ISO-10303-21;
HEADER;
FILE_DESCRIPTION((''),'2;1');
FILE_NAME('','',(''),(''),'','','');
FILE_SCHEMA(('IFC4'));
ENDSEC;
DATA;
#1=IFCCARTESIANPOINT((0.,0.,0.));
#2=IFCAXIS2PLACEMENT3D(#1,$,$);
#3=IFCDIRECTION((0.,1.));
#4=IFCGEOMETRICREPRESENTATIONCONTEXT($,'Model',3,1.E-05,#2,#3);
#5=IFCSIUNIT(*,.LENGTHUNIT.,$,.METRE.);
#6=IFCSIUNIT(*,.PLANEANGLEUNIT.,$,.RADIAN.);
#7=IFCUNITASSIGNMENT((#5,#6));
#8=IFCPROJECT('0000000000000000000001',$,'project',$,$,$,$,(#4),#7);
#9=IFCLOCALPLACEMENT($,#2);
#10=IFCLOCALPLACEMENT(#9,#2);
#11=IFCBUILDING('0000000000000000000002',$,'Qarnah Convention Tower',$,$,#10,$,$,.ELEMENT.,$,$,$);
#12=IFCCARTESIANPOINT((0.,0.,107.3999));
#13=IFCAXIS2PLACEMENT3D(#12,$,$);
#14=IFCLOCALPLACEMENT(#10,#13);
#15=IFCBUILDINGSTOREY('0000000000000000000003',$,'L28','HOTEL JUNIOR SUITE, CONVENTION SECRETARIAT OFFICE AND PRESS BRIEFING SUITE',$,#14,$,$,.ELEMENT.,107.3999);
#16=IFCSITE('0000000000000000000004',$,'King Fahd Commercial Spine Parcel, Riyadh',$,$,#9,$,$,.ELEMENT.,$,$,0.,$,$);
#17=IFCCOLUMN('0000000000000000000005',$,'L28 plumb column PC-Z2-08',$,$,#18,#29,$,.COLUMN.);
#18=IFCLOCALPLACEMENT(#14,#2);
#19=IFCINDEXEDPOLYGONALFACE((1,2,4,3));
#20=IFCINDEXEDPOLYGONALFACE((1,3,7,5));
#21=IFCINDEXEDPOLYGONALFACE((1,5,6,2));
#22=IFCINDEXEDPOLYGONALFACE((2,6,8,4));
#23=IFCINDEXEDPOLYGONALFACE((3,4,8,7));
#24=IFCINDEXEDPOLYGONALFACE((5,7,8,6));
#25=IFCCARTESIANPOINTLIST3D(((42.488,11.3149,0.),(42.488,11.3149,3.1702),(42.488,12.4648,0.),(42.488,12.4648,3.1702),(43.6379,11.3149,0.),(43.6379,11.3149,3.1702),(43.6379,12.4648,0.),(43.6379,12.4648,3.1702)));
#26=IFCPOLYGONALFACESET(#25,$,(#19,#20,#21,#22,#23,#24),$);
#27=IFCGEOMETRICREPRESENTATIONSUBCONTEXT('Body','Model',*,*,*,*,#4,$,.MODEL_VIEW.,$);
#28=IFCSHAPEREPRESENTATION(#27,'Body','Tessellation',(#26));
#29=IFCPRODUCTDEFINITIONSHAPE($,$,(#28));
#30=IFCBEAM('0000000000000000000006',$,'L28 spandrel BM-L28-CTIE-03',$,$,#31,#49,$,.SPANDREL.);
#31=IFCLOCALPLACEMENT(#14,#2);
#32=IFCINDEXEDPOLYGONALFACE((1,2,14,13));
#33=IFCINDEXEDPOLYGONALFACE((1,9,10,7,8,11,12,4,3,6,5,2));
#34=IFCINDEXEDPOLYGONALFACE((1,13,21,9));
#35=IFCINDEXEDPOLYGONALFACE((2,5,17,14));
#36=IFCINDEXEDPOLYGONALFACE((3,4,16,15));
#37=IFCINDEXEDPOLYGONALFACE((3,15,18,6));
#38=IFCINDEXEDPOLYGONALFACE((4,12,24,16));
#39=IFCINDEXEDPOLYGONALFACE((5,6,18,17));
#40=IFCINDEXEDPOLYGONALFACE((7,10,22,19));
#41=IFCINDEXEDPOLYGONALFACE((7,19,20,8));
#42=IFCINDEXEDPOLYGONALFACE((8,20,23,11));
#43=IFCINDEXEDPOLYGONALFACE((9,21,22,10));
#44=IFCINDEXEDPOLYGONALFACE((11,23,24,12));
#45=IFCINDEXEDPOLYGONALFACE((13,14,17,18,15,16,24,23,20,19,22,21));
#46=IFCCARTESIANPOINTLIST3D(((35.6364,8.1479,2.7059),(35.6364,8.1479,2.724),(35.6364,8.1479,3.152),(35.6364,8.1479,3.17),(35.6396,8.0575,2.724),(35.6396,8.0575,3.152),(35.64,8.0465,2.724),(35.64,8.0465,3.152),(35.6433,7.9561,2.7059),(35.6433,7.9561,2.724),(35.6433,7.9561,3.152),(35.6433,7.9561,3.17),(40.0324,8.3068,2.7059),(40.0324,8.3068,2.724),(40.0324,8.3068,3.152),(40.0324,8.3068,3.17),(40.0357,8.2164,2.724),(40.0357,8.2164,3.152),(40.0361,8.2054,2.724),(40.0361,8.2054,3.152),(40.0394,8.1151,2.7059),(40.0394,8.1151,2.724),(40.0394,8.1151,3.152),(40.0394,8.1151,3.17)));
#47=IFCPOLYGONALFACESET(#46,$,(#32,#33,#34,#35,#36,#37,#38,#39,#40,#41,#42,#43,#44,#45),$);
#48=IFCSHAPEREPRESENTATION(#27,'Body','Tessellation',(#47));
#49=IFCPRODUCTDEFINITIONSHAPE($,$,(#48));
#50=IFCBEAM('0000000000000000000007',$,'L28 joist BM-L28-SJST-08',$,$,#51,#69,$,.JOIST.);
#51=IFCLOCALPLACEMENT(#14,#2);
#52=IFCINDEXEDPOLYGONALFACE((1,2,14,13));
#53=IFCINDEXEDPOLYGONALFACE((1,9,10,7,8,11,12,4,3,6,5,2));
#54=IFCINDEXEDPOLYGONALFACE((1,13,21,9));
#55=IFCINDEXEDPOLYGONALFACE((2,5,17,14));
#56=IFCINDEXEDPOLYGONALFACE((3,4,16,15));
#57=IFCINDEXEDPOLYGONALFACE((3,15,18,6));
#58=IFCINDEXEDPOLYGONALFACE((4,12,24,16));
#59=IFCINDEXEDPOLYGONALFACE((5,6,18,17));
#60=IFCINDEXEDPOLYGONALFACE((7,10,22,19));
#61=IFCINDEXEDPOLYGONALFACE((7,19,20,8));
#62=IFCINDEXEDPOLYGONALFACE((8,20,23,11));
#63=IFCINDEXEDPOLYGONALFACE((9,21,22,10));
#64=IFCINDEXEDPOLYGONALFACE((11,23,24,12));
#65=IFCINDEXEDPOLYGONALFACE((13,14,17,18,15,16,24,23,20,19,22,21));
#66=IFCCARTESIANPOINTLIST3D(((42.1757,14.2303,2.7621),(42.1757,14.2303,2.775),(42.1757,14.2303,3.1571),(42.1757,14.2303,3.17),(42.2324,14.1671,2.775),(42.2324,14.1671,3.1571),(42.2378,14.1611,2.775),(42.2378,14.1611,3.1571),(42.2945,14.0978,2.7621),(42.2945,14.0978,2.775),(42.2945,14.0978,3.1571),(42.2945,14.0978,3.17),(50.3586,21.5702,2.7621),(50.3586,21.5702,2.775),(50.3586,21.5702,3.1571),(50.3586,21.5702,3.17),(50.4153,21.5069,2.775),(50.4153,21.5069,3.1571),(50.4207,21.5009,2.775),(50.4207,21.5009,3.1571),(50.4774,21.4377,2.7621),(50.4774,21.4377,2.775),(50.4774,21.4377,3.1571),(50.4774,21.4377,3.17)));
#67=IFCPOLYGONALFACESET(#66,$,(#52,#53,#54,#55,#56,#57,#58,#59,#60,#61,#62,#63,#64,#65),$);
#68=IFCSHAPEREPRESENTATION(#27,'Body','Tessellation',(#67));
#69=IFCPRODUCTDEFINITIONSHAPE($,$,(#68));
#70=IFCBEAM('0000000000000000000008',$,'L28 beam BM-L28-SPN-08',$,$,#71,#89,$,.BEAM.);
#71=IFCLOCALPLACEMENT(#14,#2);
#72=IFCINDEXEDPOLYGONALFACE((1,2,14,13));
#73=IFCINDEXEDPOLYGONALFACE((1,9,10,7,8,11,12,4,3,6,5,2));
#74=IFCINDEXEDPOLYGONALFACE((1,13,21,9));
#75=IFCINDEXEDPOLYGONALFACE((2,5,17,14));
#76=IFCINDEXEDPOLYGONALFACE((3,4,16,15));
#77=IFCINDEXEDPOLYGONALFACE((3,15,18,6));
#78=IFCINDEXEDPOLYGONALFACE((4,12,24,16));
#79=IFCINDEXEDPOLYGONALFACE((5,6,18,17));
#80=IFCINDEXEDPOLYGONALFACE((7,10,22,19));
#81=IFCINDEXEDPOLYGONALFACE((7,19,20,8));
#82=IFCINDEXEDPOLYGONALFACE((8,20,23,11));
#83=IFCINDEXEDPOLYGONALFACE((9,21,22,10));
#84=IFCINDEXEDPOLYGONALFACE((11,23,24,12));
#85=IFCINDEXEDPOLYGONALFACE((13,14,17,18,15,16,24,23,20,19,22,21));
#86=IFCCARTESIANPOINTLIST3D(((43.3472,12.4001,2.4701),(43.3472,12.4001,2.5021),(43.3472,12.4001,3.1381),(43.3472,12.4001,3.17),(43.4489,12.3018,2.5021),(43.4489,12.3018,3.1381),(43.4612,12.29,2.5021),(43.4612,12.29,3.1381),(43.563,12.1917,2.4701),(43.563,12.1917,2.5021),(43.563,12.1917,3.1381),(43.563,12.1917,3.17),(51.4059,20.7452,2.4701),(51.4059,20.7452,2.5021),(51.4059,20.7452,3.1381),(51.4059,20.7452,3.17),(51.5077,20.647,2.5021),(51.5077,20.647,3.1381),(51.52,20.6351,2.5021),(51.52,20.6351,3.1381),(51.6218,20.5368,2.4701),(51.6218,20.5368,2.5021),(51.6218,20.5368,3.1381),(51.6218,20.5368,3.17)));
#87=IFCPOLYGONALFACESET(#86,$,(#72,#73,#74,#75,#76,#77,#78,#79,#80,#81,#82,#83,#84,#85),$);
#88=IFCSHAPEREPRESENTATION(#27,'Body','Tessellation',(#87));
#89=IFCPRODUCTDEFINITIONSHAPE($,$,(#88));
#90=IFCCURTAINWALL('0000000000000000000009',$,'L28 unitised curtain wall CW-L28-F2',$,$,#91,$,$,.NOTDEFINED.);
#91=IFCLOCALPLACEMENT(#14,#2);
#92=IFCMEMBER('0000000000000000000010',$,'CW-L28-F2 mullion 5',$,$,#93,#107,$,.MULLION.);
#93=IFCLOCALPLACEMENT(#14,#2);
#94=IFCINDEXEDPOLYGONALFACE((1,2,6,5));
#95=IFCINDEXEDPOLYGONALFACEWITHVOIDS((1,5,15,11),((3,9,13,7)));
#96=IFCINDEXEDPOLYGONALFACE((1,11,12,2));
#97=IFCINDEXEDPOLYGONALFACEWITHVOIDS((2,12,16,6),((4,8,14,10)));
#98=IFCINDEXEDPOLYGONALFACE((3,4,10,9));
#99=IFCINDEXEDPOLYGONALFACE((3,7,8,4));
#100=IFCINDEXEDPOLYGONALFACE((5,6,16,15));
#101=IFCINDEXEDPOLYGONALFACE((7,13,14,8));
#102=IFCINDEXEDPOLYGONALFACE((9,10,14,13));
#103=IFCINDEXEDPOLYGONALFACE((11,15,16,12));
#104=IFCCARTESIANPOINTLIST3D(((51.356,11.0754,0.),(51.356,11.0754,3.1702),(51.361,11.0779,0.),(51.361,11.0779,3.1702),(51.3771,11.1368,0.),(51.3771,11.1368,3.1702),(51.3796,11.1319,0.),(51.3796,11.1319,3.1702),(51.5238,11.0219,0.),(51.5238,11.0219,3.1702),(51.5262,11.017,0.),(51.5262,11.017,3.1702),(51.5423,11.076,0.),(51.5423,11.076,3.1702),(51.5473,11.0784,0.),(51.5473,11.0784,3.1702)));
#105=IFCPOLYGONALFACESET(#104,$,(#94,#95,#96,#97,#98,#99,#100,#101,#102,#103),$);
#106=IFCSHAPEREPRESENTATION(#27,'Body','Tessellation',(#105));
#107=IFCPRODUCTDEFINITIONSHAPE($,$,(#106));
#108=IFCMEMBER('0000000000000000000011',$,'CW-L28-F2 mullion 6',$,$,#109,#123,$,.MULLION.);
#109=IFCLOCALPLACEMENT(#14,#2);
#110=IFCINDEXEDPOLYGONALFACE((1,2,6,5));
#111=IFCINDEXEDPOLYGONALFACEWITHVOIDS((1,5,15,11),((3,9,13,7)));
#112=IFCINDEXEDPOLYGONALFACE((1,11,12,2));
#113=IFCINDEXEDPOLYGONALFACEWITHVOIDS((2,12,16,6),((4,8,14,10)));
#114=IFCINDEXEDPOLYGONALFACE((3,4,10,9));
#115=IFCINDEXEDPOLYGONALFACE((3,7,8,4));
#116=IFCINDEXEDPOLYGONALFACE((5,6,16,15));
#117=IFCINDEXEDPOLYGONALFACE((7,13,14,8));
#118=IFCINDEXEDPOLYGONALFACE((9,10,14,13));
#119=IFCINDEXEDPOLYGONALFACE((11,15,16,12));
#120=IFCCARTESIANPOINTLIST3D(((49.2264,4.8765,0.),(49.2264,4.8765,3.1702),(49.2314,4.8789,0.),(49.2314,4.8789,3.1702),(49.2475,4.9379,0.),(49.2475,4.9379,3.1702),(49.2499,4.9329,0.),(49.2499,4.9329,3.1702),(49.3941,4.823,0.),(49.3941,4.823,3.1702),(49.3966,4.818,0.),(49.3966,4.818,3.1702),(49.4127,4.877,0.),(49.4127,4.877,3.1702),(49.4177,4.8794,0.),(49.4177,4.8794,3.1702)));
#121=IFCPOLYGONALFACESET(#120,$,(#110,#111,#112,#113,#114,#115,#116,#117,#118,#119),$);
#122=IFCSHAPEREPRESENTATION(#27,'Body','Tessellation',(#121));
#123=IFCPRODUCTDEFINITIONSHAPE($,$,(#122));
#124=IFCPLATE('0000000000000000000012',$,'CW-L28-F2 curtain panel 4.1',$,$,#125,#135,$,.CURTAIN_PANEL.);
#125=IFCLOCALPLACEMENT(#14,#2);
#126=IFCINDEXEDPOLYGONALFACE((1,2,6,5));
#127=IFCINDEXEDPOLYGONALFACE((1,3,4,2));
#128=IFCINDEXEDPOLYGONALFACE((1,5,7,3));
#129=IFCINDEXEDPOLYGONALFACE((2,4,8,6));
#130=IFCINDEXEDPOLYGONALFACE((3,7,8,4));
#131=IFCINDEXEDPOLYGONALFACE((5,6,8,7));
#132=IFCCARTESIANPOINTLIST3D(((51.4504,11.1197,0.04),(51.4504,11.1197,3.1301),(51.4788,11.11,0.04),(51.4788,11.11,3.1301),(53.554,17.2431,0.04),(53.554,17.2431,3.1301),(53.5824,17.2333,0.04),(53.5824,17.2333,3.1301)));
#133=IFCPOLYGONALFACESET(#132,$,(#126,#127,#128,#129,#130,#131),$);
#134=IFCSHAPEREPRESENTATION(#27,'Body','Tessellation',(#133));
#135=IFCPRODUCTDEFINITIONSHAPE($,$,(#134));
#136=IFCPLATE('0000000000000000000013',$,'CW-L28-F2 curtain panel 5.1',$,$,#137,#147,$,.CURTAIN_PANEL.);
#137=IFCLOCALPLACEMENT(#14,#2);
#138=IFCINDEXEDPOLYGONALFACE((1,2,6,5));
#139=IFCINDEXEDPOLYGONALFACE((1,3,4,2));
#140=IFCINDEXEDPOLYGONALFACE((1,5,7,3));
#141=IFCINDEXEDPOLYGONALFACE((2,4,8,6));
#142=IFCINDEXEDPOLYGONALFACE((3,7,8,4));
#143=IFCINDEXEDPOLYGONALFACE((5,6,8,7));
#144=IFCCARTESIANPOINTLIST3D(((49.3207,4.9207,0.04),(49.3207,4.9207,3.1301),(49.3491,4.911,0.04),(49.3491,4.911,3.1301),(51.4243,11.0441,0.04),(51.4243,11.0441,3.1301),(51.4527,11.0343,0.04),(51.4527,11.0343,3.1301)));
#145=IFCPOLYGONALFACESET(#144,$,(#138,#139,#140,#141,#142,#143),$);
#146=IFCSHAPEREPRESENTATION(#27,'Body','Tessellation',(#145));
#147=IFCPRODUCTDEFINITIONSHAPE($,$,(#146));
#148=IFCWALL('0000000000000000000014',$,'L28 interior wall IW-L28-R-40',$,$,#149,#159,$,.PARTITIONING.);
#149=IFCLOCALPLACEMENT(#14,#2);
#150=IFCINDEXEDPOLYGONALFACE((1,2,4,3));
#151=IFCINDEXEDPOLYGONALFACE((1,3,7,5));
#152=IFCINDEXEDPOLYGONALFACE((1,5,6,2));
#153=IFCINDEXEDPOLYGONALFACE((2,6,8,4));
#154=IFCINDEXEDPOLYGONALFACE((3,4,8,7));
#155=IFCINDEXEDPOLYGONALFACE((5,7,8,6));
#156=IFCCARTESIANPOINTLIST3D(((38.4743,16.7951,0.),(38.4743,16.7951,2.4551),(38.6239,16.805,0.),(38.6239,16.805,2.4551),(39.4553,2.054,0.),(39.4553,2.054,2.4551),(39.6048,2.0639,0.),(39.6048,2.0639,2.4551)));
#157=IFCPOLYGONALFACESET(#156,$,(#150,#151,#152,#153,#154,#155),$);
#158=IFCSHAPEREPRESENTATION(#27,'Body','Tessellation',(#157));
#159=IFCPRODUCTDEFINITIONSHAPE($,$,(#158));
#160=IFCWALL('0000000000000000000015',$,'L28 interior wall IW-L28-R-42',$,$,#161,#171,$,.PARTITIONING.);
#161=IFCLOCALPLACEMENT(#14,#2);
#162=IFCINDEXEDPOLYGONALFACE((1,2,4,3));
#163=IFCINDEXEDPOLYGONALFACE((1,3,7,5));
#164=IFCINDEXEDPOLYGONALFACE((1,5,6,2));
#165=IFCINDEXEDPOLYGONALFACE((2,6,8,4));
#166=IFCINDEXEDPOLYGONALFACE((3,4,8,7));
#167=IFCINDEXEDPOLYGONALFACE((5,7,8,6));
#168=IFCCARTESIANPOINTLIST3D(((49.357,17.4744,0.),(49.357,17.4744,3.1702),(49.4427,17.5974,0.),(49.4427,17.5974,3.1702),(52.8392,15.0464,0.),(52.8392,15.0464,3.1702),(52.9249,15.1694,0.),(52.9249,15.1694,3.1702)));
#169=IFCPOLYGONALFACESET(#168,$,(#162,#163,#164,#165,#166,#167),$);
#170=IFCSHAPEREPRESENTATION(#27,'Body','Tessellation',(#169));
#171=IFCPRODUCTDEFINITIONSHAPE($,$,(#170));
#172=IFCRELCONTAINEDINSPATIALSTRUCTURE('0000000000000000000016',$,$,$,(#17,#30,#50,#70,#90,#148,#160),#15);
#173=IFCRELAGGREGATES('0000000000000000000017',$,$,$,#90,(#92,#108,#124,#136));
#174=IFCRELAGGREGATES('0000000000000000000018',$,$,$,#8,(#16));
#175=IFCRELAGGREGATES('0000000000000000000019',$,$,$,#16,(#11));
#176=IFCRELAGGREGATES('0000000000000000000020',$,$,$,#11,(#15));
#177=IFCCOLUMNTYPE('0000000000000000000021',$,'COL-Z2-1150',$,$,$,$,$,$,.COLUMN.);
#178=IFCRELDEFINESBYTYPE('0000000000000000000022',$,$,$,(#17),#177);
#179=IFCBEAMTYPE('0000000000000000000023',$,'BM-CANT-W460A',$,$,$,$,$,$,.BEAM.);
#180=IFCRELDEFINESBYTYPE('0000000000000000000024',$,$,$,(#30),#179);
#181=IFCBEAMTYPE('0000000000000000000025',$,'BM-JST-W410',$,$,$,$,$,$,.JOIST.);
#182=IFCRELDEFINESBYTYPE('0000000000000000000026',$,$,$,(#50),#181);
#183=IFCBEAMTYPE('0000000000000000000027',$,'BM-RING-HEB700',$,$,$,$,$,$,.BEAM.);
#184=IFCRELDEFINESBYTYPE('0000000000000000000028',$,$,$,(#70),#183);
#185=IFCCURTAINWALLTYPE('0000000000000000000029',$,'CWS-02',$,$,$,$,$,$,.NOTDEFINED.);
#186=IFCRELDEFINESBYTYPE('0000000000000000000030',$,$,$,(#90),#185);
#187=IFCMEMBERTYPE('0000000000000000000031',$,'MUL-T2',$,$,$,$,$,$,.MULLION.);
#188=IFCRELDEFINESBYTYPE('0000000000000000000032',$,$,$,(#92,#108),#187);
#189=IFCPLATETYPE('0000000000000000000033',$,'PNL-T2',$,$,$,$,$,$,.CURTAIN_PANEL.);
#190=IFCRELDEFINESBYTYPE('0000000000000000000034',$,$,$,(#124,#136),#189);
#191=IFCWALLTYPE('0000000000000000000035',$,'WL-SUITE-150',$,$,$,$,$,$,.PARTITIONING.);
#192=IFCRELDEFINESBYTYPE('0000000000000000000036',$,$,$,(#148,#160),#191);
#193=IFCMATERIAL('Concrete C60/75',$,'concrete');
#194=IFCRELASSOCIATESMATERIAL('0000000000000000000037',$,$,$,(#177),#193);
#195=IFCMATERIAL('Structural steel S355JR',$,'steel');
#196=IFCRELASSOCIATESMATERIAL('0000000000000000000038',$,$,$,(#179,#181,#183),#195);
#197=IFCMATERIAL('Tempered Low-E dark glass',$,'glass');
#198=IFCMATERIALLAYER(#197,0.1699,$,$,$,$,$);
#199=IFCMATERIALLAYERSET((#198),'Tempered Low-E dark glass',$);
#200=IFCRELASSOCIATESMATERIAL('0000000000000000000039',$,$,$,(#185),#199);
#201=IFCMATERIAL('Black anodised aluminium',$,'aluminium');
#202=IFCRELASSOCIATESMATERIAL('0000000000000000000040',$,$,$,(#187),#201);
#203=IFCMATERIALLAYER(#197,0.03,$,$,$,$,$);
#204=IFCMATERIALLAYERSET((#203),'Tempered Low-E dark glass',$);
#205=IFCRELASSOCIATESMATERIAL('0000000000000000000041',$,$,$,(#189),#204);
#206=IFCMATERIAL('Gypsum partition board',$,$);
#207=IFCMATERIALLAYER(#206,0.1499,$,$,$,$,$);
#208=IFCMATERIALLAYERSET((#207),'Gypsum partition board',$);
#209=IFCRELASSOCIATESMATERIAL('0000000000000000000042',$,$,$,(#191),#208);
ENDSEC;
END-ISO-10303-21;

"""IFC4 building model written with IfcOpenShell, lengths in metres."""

from ifc_helpers import new_model, si_unit, direction, frame, frame_2d, origin, origin_2d, place, context, subcontext, project, spatial, rectangle, hollow_rectangle, i_section, extrude, material, layer, layer_set, material_profile, profile_set, type_object, element, aggregate, save


model = new_model("IFC4")

# Units and contexts
model_context = context("Model", 3, precision=1e-05, world=origin(), true_north=direction((0.0, 1.0)))
body_context = subcontext(model_context, "Body", "Model", "MODEL_VIEW")
ifc_project = project(units=[si_unit("LENGTHUNIT", "METRE"), si_unit("PLANEANGLEUNIT", "RADIAN")], contexts=[model_context])

# Site, building, storey
site_placement = place(None, origin())
site = spatial("IfcSite", under=ifc_project, at=site_placement, Name="King Fahd Commercial Spine Parcel, Riyadh", CompositionType="ELEMENT", RefElevation=0.0)
building_placement = place(site_placement, origin())
building = spatial("IfcBuilding", under=site, at=building_placement, Name="Qarnah Convention Tower", CompositionType="ELEMENT")
storey_placement = place(building_placement, frame((0.0, 0.0, 107.3999)))
storey = spatial("IfcBuildingStorey", under=building, at=storey_placement, Name="L28", Description="HOTEL JUNIOR SUITE, CONVENTION SECRETARIAT OFFICE AND PRESS BRIEFING SUITE", CompositionType="ELEMENT", Elevation=107.3999)

# Column
ifc_material_1 = material(Name="Concrete C60/75", Category="concrete")
ifc_material_profile_1 = material_profile(ifc_material_1, rectangle(XDim=1.1499, YDim=1.1499, at=origin_2d()), Name="RC-COL-1150X1150")
ifc_profile_set_1 = profile_set([ifc_material_profile_1], Name="Concrete C60/75")
column_type = type_object("IfcColumnType", Name="COL-Z2-1150", PredefinedType="COLUMN", material=ifc_profile_set_1)
column_placement = place(storey_placement, frame((43.063, 11.8899, 0.0), z_axis=(0.0, 0.0, 1.0), x_axis=(1.0, 0.0, 0.0)))
element("IfcColumn", 1, at=column_placement, inside=storey, type_object=column_type, Name="L28 plumb column PC-Z2-08", PredefinedType="COLUMN", context=body_context, shape_type="SweptSolid", body=[
    extrude(rectangle(XDim=1.1499, YDim=1.1499, at=origin_2d()), origin(), (0.0, 0.0, 1.0), 3.1702),
])

# Beams
ifc_material_2 = material(Name="Structural steel S355JR", Category="steel")
ifc_material_profile_2 = material_profile(ifc_material_2, i_section(OverallWidth=0.1919, OverallDepth=0.4641, WebThickness=0.011, FlangeThickness=0.0181, at=origin_2d()), Name="W460X89")
ifc_profile_set_2 = profile_set([ifc_material_profile_2], Name="Structural steel S355JR")
beam_type_1 = type_object("IfcBeamType", Name="BM-CANT-W460A", PredefinedType="BEAM", material=ifc_profile_set_2)
beam_1_placement = place(storey_placement, frame((40.0359, 8.2109, 2.938), z_axis=(-0.999347, -0.036131, 0.0), x_axis=(0.036131, -0.999347, 0.0)))
element("IfcBeam", 2, at=beam_1_placement, inside=storey, type_object=beam_type_1, Name="L28 spandrel BM-L28-CTIE-03", PredefinedType="SPANDREL", context=body_context, shape_type="SweptSolid", body=[
    extrude(i_section(OverallWidth=0.1919, OverallDepth=0.4641, WebThickness=0.011, FlangeThickness=0.0181, at=origin_2d()), origin(), (0.0, 0.0, 1.0), 4.3989),
])
ifc_material_profile_3 = material_profile(ifc_material_2, i_section(OverallWidth=0.178, OverallDepth=0.408, WebThickness=0.0081, FlangeThickness=0.0129, at=origin_2d()), Name="W410X60")
ifc_profile_set_3 = profile_set([ifc_material_profile_3], Name="Structural steel S355JR")
beam_type_2 = type_object("IfcBeamType", Name="BM-JST-W410", PredefinedType="JOIST", material=ifc_profile_set_3)
beam_2_placement = place(storey_placement, frame((42.2351, 14.1641, 2.9661), z_axis=(0.744412, 0.667721, 0.0), x_axis=(-0.667721, 0.744412, 0.0)))
element("IfcBeam", 3, at=beam_2_placement, inside=storey, type_object=beam_type_2, Name="L28 joist BM-L28-SJST-08", PredefinedType="JOIST", context=body_context, shape_type="SweptSolid", body=[
    extrude(i_section(OverallWidth=0.178, OverallDepth=0.408, WebThickness=0.0081, FlangeThickness=0.0129, at=origin_2d()), origin(), (0.0, 0.0, 1.0), 10.9924),
])
ifc_material_profile_4 = material_profile(ifc_material_2, i_section(OverallWidth=0.3, OverallDepth=0.7, WebThickness=0.0171, FlangeThickness=0.032, at=origin_2d()), Name="HEB700")
ifc_profile_set_4 = profile_set([ifc_material_profile_4], Name="Structural steel S355JR")
beam_type_3 = type_object("IfcBeamType", Name="BM-RING-HEB700", PredefinedType="BEAM", material=ifc_profile_set_4)
beam_3_placement = place(storey_placement, frame((43.4551, 12.2959, 2.8201), z_axis=(0.694656, 0.719342, 0.0), x_axis=(-0.719342, 0.694656, 0.0)))
element("IfcBeam", 4, at=beam_3_placement, inside=storey, type_object=beam_type_3, Name="L28 beam BM-L28-SPN-08", PredefinedType="BEAM", context=body_context, shape_type="SweptSolid", body=[
    extrude(i_section(OverallWidth=0.3, OverallDepth=0.7, WebThickness=0.0171, FlangeThickness=0.032, at=origin_2d()), origin(), (0.0, 0.0, 1.0), 11.6011),
])

# Curtain wall, members, plates
ifc_material_3 = material(Name="Tempered Low-E dark glass", Category="glass")
ifc_layer_1 = layer(ifc_material_3, 0.1699)
ifc_layer_set_1 = layer_set([ifc_layer_1], Name="Tempered Low-E dark glass")
curtain_wall_type = type_object("IfcCurtainWallType", Name="CWS-02", PredefinedType="NOTDEFINED", material=ifc_layer_set_1)
curtain_wall_placement = place(storey_placement, origin())
curtain_wall = element("IfcCurtainWall", 5, at=curtain_wall_placement, inside=storey, type_object=curtain_wall_type, Name="L28 unitised curtain wall CW-L28-F2", PredefinedType="NOTDEFINED")
ifc_material_4 = material(Name="Black anodised aluminium", Category="aluminium")
ifc_material_profile_5 = material_profile(ifc_material_4, hollow_rectangle(XDim=0.0649, YDim=0.1799, WallThickness=0.0039, at=origin_2d()), Name="MUL-65X180")
ifc_profile_set_5 = profile_set([ifc_material_profile_5], Name="Black anodised aluminium")
member_type = type_object("IfcMemberType", Name="MUL-T2", PredefinedType="MULLION", material=ifc_profile_set_5)
member_1_placement = place(storey_placement, frame((51.4517, 11.0769, 0.0), z_axis=(0.0, 0.0, 1.0), x_axis=(-0.324902, -0.945748, 0.0)))
member_1 = element("IfcMember", 6, at=member_1_placement, type_object=member_type, Name="CW-L28-F2 mullion 5", PredefinedType="MULLION", context=body_context, shape_type="SweptSolid", body=[
    extrude(hollow_rectangle(XDim=0.0649, YDim=0.1799, WallThickness=0.0039, at=origin_2d()), origin(), (0.0, 0.0, 1.0), 3.1702),
])
member_2_placement = place(storey_placement, frame((49.322, 4.8779, 0.0), z_axis=(0.0, 0.0, 1.0), x_axis=(-0.324902, -0.945748, 0.0)))
member_2 = element("IfcMember", 7, at=member_2_placement, type_object=member_type, Name="CW-L28-F2 mullion 6", PredefinedType="MULLION", context=body_context, shape_type="SweptSolid", body=[
    extrude(hollow_rectangle(XDim=0.0649, YDim=0.1799, WallThickness=0.0039, at=origin_2d()), origin(), (0.0, 0.0, 1.0), 3.1702),
])
ifc_layer_2 = layer(ifc_material_3, 0.03)
ifc_layer_set_2 = layer_set([ifc_layer_2], Name="Tempered Low-E dark glass")
plate_type = type_object("IfcPlateType", Name="PNL-T2", PredefinedType="CURTAIN_PANEL", material=ifc_layer_set_2)
plate_1_placement = place(storey_placement, frame((52.5164, 14.1765, 0.04), z_axis=(0.0, 0.0, 1.0), x_axis=(-0.324902, -0.945748, 0.0)))
plate_1 = element("IfcPlate", 8, at=plate_1_placement, type_object=plate_type, Name="CW-L28-F2 curtain panel 4.1", PredefinedType="CURTAIN_PANEL", context=body_context, shape_type="SweptSolid", body=[
    extrude(rectangle(XDim=6.4746, YDim=0.03, at=origin_2d()), origin(), (0.0, 0.0, 1.0), 3.0901),
])
plate_2_placement = place(storey_placement, frame((50.3867, 7.9775, 0.04), z_axis=(0.0, 0.0, 1.0), x_axis=(-0.324902, -0.945748, 0.0)))
plate_2 = element("IfcPlate", 9, at=plate_2_placement, type_object=plate_type, Name="CW-L28-F2 curtain panel 5.1", PredefinedType="CURTAIN_PANEL", context=body_context, shape_type="SweptSolid", body=[
    extrude(rectangle(XDim=6.4746, YDim=0.03, at=origin_2d()), origin(), (0.0, 0.0, 1.0), 3.0901),
])
aggregate(curtain_wall, [member_1, member_2, plate_1, plate_2])

# Walls
ifc_material_5 = material(Name="Gypsum partition board")
ifc_layer_3 = layer(ifc_material_5, 0.1499)
ifc_layer_set_3 = layer_set([ifc_layer_3], Name="Gypsum partition board")
wall_type_1 = type_object("IfcWallType", Name="WL-SUITE-150", PredefinedType="PARTITIONING", material=ifc_layer_set_3)
wall_1_placement = place(storey_placement, frame((39.53, 2.0591, 0.0), z_axis=(0.0, 0.0, 1.0), x_axis=(-0.066399, 0.997793, 0.0)))
element("IfcWall", 10, at=wall_1_placement, inside=storey, type_object=wall_type_1, Name="L28 interior wall IW-L28-R-40", PredefinedType="PARTITIONING", context=body_context, shape_type="SweptSolid", body=[
    extrude(rectangle(XDim=14.7737, YDim=0.1499, at=frame_2d((7.3867, 0.0))), origin(), (0.0, 0.0, 1.0), 2.4551),
])
wall_2_placement = place(storey_placement, frame((52.8821, 15.1079, 0.0), z_axis=(0.0, 0.0, 1.0), x_axis=(-0.820287, 0.571952, 0.0)))
element("IfcWall", 11, at=wall_2_placement, inside=storey, type_object=wall_type_1, Name="L28 interior wall IW-L28-R-42", PredefinedType="PARTITIONING", context=body_context, shape_type="SweptSolid", body=[
    extrude(rectangle(XDim=4.2451, YDim=0.1499, at=frame_2d((2.1226, 0.0))), origin(), (0.0, 0.0, 1.0), 3.1702),
])

save(model, "model.ifc")
